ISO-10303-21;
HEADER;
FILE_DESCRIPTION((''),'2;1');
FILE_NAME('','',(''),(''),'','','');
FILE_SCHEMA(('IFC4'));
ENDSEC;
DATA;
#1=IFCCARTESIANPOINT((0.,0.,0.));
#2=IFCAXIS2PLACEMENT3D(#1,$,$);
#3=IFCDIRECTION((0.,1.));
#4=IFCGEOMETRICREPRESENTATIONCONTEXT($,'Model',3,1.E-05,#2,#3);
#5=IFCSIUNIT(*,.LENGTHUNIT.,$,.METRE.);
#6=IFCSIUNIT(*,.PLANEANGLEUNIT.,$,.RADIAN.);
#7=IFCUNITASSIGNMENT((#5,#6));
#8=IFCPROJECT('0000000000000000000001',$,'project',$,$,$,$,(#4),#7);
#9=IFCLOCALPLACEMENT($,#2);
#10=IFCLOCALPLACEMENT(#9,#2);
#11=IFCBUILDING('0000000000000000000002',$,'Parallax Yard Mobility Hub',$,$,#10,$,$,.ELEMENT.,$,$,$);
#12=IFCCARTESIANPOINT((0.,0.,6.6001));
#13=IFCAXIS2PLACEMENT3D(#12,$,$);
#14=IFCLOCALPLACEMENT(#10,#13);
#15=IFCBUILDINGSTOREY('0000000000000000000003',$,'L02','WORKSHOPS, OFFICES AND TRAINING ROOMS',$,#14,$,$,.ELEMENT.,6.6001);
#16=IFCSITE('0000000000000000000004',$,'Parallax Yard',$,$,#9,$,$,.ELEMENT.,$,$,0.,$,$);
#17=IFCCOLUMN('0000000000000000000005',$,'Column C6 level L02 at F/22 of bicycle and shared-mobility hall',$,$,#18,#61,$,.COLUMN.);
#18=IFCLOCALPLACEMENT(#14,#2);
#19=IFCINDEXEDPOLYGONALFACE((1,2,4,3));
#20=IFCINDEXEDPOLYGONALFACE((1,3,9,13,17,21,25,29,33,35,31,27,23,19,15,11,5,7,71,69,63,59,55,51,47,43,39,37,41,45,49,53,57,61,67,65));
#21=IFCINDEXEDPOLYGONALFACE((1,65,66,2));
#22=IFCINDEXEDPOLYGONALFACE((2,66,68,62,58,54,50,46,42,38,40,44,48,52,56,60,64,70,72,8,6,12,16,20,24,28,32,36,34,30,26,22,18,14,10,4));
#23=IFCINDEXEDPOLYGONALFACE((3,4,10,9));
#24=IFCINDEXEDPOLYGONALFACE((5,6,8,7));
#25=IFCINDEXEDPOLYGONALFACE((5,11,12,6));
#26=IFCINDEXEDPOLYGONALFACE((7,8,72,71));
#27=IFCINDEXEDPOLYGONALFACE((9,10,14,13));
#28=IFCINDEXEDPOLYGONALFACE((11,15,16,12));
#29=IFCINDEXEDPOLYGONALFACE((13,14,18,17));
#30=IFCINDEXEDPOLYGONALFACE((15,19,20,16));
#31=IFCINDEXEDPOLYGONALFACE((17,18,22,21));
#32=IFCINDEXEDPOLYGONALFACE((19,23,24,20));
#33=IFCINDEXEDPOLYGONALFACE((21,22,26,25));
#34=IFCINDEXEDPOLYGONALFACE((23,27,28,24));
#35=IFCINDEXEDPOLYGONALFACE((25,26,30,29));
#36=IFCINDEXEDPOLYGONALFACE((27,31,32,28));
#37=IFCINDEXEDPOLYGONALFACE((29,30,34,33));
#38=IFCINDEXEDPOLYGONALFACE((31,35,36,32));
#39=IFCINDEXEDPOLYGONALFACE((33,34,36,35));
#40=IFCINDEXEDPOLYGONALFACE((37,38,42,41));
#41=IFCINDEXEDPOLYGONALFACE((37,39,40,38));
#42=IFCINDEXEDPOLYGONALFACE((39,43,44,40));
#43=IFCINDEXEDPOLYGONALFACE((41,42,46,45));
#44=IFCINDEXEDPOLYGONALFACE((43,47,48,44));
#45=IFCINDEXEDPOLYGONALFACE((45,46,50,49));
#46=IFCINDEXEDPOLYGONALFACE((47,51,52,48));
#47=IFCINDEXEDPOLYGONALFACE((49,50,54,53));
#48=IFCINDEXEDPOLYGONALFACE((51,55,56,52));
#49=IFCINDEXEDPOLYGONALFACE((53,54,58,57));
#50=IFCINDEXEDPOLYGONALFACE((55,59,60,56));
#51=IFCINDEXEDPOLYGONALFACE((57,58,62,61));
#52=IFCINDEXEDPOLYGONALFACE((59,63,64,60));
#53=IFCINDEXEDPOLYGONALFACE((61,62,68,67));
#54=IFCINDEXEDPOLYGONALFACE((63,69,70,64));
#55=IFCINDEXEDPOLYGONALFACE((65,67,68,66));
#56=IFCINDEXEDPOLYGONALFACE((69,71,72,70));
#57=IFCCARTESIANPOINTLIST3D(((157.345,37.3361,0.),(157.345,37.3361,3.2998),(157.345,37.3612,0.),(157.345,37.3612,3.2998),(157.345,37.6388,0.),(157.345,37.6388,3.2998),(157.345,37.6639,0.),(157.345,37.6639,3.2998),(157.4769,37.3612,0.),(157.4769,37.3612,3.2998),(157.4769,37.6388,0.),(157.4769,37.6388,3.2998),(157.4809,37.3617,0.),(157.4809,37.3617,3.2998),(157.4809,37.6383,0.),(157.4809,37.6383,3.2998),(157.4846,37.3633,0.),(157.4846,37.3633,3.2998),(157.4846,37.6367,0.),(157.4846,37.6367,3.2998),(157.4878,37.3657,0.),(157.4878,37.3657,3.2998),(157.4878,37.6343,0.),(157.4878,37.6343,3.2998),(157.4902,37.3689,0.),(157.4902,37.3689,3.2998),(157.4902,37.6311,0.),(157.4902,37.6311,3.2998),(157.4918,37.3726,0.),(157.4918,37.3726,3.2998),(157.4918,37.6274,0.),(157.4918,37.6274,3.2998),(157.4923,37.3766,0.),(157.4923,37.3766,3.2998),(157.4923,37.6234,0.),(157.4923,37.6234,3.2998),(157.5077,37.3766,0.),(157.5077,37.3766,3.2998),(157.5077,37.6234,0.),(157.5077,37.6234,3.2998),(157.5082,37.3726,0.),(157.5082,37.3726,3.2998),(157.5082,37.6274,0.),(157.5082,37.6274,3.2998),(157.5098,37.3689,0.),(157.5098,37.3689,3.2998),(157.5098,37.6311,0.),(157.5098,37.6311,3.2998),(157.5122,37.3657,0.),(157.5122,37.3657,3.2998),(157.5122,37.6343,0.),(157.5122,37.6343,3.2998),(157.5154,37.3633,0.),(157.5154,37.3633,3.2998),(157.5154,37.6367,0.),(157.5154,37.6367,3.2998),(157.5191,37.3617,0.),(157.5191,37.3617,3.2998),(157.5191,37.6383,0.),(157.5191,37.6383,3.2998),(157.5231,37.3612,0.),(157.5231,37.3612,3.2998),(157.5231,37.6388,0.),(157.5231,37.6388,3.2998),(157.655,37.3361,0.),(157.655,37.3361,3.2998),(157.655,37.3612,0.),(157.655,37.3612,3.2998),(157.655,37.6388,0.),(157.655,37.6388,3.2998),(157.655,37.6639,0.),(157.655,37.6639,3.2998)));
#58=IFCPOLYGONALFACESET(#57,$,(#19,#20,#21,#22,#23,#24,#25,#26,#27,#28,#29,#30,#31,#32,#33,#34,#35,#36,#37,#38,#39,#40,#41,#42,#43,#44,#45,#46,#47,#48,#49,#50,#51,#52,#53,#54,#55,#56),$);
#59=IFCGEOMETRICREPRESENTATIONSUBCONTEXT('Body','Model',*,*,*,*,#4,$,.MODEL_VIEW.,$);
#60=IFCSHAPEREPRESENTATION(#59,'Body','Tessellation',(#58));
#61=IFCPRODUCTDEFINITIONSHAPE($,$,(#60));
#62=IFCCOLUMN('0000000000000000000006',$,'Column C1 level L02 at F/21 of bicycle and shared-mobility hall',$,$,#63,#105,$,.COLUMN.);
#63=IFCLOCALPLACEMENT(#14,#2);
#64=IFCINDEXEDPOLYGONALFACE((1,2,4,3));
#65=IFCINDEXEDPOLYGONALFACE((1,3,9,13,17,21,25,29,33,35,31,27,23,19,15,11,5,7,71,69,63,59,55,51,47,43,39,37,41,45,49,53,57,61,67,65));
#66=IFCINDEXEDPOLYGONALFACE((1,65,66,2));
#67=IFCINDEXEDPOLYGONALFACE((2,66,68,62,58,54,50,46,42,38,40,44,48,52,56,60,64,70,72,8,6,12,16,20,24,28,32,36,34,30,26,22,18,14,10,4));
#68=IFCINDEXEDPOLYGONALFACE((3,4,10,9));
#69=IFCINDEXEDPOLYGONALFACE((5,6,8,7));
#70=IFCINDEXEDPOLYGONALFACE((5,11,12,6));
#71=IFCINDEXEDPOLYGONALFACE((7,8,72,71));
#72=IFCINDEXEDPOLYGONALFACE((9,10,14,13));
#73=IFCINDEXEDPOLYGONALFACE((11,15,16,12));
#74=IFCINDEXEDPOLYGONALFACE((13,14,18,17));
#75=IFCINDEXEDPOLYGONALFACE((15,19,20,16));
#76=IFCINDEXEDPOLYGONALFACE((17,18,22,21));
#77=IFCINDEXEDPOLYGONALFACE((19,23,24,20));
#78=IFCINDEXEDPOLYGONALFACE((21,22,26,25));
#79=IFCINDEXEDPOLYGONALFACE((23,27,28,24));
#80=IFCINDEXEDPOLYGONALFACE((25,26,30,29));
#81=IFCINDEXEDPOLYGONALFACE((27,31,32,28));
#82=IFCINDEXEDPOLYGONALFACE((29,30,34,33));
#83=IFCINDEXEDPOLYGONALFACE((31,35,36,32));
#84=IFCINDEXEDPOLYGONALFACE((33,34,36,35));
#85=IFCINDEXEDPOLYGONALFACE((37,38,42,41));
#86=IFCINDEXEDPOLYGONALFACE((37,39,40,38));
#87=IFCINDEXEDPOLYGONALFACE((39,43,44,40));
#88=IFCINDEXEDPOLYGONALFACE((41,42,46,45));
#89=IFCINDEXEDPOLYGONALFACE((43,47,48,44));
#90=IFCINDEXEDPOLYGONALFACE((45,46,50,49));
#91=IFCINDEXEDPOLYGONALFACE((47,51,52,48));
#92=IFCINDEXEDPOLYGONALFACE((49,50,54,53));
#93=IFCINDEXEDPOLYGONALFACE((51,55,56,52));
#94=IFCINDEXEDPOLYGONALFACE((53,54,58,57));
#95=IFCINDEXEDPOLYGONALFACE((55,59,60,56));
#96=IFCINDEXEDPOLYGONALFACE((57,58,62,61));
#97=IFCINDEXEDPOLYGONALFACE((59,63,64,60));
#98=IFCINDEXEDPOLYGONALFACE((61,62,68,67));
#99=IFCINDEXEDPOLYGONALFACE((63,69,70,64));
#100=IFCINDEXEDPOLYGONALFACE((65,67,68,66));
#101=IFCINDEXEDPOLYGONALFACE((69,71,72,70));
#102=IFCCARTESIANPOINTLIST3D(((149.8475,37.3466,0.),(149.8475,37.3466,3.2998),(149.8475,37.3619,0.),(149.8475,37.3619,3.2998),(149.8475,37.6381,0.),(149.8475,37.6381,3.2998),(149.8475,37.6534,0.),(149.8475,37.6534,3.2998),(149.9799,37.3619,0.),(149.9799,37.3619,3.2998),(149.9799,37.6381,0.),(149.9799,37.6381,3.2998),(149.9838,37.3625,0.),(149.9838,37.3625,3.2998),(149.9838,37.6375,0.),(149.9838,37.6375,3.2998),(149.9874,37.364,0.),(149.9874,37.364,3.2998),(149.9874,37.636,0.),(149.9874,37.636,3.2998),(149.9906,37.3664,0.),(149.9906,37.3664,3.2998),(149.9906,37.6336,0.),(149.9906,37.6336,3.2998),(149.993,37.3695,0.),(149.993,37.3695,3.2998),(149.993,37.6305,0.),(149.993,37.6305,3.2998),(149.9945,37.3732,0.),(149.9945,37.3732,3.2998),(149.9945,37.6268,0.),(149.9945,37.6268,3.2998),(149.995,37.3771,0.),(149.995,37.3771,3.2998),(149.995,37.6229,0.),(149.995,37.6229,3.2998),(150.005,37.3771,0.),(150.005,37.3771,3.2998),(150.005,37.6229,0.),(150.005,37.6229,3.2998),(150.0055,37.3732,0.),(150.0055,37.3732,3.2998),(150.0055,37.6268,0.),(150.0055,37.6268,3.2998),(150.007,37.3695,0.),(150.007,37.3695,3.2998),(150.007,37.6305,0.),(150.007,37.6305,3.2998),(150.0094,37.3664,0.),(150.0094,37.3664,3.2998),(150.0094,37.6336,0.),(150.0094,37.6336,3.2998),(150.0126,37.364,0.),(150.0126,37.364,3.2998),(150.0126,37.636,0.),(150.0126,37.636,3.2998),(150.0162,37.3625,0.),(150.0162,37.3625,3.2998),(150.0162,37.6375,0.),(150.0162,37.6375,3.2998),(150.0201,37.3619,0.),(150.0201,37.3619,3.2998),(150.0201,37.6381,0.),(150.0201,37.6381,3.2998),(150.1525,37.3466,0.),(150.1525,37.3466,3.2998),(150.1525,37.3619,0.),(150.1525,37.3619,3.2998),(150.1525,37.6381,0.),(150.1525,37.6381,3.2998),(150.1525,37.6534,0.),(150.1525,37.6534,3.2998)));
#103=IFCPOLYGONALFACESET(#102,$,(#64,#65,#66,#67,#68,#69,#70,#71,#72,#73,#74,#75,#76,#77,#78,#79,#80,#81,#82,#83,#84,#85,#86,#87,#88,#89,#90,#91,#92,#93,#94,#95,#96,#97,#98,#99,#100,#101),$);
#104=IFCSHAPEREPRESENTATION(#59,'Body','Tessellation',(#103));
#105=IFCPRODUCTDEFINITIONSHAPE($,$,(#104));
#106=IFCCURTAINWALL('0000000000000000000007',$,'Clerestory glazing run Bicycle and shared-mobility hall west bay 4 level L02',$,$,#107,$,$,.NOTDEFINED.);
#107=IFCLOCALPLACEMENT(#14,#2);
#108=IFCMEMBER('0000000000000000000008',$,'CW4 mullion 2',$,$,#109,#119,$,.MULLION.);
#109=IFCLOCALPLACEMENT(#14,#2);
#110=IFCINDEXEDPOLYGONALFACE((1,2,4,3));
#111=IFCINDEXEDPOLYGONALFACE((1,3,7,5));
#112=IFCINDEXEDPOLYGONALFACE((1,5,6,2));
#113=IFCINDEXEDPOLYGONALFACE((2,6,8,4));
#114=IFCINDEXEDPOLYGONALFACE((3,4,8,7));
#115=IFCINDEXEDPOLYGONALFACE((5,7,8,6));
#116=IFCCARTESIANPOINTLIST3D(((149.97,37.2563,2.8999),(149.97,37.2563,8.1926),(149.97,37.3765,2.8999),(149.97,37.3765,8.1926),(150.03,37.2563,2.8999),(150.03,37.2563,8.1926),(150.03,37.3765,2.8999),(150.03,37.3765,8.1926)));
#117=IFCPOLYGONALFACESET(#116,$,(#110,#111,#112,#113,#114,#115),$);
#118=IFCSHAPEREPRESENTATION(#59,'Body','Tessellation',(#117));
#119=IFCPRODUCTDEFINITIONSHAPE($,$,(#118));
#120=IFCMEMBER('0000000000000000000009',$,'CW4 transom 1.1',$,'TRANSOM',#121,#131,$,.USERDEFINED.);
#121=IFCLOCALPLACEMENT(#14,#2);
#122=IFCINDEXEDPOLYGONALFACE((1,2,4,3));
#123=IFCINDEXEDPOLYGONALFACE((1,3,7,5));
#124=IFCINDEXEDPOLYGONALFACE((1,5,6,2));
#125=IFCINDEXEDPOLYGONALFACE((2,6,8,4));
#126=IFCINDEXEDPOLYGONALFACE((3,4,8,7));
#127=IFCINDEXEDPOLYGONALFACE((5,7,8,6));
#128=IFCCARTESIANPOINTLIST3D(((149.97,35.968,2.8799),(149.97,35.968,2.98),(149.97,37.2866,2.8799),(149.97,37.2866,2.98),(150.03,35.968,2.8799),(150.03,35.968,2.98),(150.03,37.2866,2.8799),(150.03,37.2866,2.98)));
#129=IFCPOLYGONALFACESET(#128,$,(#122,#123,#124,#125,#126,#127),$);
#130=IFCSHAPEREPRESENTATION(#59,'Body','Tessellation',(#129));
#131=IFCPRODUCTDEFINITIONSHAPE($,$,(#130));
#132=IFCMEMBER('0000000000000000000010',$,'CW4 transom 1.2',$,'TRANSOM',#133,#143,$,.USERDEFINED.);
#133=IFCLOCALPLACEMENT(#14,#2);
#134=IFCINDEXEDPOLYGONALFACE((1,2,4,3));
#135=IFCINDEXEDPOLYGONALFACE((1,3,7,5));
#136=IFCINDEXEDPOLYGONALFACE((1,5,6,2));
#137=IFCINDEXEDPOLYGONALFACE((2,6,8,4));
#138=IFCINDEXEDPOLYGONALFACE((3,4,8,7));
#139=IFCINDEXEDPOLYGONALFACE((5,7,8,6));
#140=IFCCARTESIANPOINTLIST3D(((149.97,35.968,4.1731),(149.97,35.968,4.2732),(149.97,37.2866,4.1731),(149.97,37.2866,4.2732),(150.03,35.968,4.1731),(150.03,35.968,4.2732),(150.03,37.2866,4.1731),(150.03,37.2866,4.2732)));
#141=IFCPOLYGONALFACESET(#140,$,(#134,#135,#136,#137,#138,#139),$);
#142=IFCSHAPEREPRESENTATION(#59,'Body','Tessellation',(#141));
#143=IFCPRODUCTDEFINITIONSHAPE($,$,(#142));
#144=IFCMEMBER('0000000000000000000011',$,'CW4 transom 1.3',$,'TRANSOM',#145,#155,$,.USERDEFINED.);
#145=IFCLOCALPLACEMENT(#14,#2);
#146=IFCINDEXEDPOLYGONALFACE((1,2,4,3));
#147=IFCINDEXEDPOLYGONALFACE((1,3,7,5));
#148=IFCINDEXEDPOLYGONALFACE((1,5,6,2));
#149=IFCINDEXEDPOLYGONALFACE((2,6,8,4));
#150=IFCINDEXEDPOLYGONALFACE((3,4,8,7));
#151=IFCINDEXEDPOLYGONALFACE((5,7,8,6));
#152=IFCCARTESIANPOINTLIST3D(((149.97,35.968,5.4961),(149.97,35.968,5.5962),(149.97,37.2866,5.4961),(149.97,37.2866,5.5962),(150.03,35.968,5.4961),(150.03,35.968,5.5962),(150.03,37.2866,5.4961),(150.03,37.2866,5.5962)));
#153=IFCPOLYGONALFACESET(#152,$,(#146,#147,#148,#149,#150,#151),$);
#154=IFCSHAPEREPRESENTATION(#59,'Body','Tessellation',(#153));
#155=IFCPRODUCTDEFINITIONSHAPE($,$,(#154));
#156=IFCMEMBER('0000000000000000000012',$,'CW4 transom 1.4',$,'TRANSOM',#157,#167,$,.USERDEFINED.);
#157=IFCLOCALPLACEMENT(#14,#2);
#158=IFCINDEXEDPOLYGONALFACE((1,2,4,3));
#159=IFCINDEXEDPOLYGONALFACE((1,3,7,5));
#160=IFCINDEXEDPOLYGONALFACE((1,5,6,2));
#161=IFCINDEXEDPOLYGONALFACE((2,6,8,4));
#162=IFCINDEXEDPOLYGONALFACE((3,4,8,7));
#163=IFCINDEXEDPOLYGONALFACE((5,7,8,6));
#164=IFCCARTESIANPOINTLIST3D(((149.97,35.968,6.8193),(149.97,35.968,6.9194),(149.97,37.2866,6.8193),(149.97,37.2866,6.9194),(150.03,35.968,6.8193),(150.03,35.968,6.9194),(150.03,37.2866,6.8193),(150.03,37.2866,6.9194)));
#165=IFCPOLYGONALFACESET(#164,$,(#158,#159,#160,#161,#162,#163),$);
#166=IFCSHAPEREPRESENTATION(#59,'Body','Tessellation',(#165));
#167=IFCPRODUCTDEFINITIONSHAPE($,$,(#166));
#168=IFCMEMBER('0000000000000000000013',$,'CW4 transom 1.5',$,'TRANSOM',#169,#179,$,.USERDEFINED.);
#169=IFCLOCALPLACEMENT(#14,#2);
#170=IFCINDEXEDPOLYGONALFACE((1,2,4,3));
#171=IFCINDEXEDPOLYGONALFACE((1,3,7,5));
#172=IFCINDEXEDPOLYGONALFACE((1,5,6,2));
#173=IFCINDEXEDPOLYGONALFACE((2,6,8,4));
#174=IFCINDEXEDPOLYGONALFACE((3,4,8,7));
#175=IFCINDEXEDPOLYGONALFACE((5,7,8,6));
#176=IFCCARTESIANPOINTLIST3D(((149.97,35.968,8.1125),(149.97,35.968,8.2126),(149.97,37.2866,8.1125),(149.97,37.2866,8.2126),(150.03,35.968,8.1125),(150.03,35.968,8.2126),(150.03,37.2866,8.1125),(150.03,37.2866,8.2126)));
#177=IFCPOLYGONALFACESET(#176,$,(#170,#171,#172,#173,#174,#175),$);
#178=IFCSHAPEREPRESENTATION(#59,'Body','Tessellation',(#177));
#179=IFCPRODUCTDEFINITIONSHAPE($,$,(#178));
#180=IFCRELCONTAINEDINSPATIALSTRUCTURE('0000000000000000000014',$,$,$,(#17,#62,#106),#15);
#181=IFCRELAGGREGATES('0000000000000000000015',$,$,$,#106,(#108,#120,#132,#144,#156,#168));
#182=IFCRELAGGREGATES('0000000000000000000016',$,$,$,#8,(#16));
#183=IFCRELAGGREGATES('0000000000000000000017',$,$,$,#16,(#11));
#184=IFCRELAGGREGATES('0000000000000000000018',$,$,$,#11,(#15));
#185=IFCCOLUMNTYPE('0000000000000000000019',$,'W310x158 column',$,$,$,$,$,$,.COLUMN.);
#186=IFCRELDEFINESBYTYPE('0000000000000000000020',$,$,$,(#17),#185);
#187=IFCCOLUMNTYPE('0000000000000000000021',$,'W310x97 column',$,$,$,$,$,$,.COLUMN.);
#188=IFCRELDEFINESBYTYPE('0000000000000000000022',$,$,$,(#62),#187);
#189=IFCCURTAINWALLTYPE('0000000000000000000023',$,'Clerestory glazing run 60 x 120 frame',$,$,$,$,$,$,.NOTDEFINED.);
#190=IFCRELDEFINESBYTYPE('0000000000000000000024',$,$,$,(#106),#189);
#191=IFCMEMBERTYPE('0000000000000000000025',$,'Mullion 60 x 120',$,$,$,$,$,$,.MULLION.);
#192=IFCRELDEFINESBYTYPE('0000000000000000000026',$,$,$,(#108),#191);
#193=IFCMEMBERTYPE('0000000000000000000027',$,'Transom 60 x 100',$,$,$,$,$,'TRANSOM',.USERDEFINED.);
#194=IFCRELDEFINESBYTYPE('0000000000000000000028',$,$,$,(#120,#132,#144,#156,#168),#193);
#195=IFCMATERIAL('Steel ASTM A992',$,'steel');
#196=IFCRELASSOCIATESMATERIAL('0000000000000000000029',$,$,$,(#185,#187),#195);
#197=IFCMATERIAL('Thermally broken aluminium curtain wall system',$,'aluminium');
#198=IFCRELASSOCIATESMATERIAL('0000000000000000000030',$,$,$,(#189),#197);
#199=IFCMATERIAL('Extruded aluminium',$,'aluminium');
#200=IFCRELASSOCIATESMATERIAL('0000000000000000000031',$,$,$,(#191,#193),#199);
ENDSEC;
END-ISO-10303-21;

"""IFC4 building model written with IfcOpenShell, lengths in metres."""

from ifc_helpers import new_model, si_unit, direction, frame, origin, origin_2d, place, context, subcontext, project, spatial, rectangle, i_section, extrude, material, material_profile, profile_set, type_object, element, aggregate, save


model = new_model("IFC4")

# Units and contexts
model_context = context("Model", 3, precision=1e-05, world=origin(), true_north=direction((0.0, 1.0)))
body_context = subcontext(model_context, "Body", "Model", "MODEL_VIEW")
ifc_project = project(units=[si_unit("LENGTHUNIT", "METRE"), si_unit("PLANEANGLEUNIT", "RADIAN")], contexts=[model_context])

# Site, building, storey
site_placement = place(None, origin())
site = spatial("IfcSite", under=ifc_project, at=site_placement, Name="Parallax Yard", CompositionType="ELEMENT", RefElevation=0.0)
building_placement = place(site_placement, origin())
building = spatial("IfcBuilding", under=site, at=building_placement, Name="Parallax Yard Mobility Hub", CompositionType="ELEMENT")
storey_placement = place(building_placement, frame((0.0, 0.0, 6.6001)))
storey = spatial("IfcBuildingStorey", under=building, at=storey_placement, Name="L02", Description="WORKSHOPS, OFFICES AND TRAINING ROOMS", CompositionType="ELEMENT", Elevation=6.6001)

# Columns
ifc_material_1 = material(Name="Steel ASTM A992", Category="steel")
ifc_material_profile_1 = material_profile(ifc_material_1, i_section(OverallWidth=0.3101, OverallDepth=0.3279, WebThickness=0.0154, FlangeThickness=0.0251, FilletRadius=0.0154, at=origin_2d()), Name="W310x158")
ifc_profile_set_1 = profile_set([ifc_material_profile_1], Name="Steel ASTM A992")
column_type_1 = type_object("IfcColumnType", Name="W310x158 column", PredefinedType="COLUMN", material=ifc_profile_set_1)
column_1_placement = place(storey_placement, frame((157.5, 37.5, 0.0), z_axis=(0.0, 0.0, 1.0), x_axis=(1.0, 0.0, 0.0)))
element("IfcColumn", 1, at=column_1_placement, inside=storey, type_object=column_type_1, Name="Column C6 level L02 at F/22 of bicycle and shared-mobility hall", PredefinedType="COLUMN", context=body_context, shape_type="SweptSolid", body=[
    extrude(i_section(OverallWidth=0.3101, OverallDepth=0.3279, WebThickness=0.0154, FlangeThickness=0.0251, FilletRadius=0.0154, at=origin_2d()), origin(), (0.0, 0.0, 1.0), 3.2998),
])
ifc_material_profile_2 = material_profile(ifc_material_1, i_section(OverallWidth=0.3049, OverallDepth=0.3069, WebThickness=0.01, FlangeThickness=0.0154, FilletRadius=0.0151, at=origin_2d()), Name="W310x97")
ifc_profile_set_2 = profile_set([ifc_material_profile_2], Name="Steel ASTM A992")
column_type_2 = type_object("IfcColumnType", Name="W310x97 column", PredefinedType="COLUMN", material=ifc_profile_set_2)
column_2_placement = place(storey_placement, frame((150.0, 37.5, 0.0), z_axis=(0.0, 0.0, 1.0), x_axis=(1.0, 0.0, 0.0)))
element("IfcColumn", 2, at=column_2_placement, inside=storey, type_object=column_type_2, Name="Column C1 level L02 at F/21 of bicycle and shared-mobility hall", PredefinedType="COLUMN", context=body_context, shape_type="SweptSolid", body=[
    extrude(i_section(OverallWidth=0.3049, OverallDepth=0.3069, WebThickness=0.01, FlangeThickness=0.0154, FilletRadius=0.0151, at=origin_2d()), origin(), (0.0, 0.0, 1.0), 3.2998),
])

# Curtain wall, members
ifc_material_2 = material(Name="Thermally broken aluminium curtain wall system", Category="aluminium")
curtain_wall_type = type_object("IfcCurtainWallType", Name="Clerestory glazing run 60 x 120 frame", PredefinedType="NOTDEFINED", material=ifc_material_2)
curtain_wall_placement = place(storey_placement, origin())
curtain_wall = element("IfcCurtainWall", 3, at=curtain_wall_placement, inside=storey, type_object=curtain_wall_type, Name="Clerestory glazing run Bicycle and shared-mobility hall west bay 4 level L02", PredefinedType="NOTDEFINED")
ifc_material_3 = material(Name="Extruded aluminium", Category="aluminium")
ifc_material_profile_3 = material_profile(ifc_material_3, rectangle(XDim=0.0601, YDim=0.1201, at=origin_2d()), Name="Mullion 60 x 120")
ifc_profile_set_3 = profile_set([ifc_material_profile_3], Name="Extruded aluminium")
member_type_1 = type_object("IfcMemberType", Name="Mullion 60 x 120", PredefinedType="MULLION", material=ifc_profile_set_3)
member_1_placement = place(storey_placement, frame((150.0, 37.3164, 2.8999), z_axis=(0.0, 0.0, 1.0), x_axis=(-1.0, 0.0, 0.0)))
member_1 = element("IfcMember", 4, at=member_1_placement, type_object=member_type_1, Name="CW4 mullion 2", PredefinedType="MULLION", context=body_context, shape_type="SweptSolid", body=[
    extrude(rectangle(XDim=0.0601, YDim=0.1201, at=origin_2d()), origin(), (0.0, 0.0, 1.0), 5.2927),
])
ifc_material_profile_4 = material_profile(ifc_material_3, rectangle(XDim=0.0601, YDim=0.1001, at=origin_2d()), Name="Transom 60 x 100")
ifc_profile_set_4 = profile_set([ifc_material_profile_4], Name="Extruded aluminium")
member_type_2 = type_object("IfcMemberType", Name="Transom 60 x 100", ElementType="TRANSOM", PredefinedType="USERDEFINED", material=ifc_profile_set_4)
member_2_placement = place(storey_placement, frame((150.0, 35.968, 2.9299), z_axis=(0.0, 1.0, 0.0), x_axis=(-1.0, 0.0, 0.0)))
member_2 = element("IfcMember", 5, at=member_2_placement, type_object=member_type_2, Name="CW4 transom 1.1", ObjectType="TRANSOM", PredefinedType="USERDEFINED", context=body_context, shape_type="SweptSolid", body=[
    extrude(rectangle(XDim=0.0601, YDim=0.1001, at=origin_2d()), origin(), (0.0, 0.0, 1.0), 1.3186),
])
member_3_placement = place(storey_placement, frame((150.0, 35.968, 4.2231), z_axis=(0.0, 1.0, 0.0), x_axis=(-1.0, 0.0, 0.0)))
member_3 = element("IfcMember", 6, at=member_3_placement, type_object=member_type_2, Name="CW4 transom 1.2", ObjectType="TRANSOM", PredefinedType="USERDEFINED", context=body_context, shape_type="SweptSolid", body=[
    extrude(rectangle(XDim=0.0601, YDim=0.1001, at=origin_2d()), origin(), (0.0, 0.0, 1.0), 1.3186),
])
member_4_placement = place(storey_placement, frame((150.0, 35.968, 5.5461), z_axis=(0.0, 1.0, 0.0), x_axis=(-1.0, 0.0, 0.0)))
member_4 = element("IfcMember", 7, at=member_4_placement, type_object=member_type_2, Name="CW4 transom 1.3", ObjectType="TRANSOM", PredefinedType="USERDEFINED", context=body_context, shape_type="SweptSolid", body=[
    extrude(rectangle(XDim=0.0601, YDim=0.1001, at=origin_2d()), origin(), (0.0, 0.0, 1.0), 1.3186),
])
member_5_placement = place(storey_placement, frame((150.0, 35.968, 6.8694), z_axis=(0.0, 1.0, 0.0), x_axis=(-1.0, 0.0, 0.0)))
member_5 = element("IfcMember", 8, at=member_5_placement, type_object=member_type_2, Name="CW4 transom 1.4", ObjectType="TRANSOM", PredefinedType="USERDEFINED", context=body_context, shape_type="SweptSolid", body=[
    extrude(rectangle(XDim=0.0601, YDim=0.1001, at=origin_2d()), origin(), (0.0, 0.0, 1.0), 1.3186),
])
member_6_placement = place(storey_placement, frame((150.0, 35.968, 8.1626), z_axis=(0.0, 1.0, 0.0), x_axis=(-1.0, 0.0, 0.0)))
member_6 = element("IfcMember", 9, at=member_6_placement, type_object=member_type_2, Name="CW4 transom 1.5", ObjectType="TRANSOM", PredefinedType="USERDEFINED", context=body_context, shape_type="SweptSolid", body=[
    extrude(rectangle(XDim=0.0601, YDim=0.1001, at=origin_2d()), origin(), (0.0, 0.0, 1.0), 1.3186),
])

aggregate(curtain_wall, [member_1, member_2, member_3, member_4, member_5, member_6])

save(model, "model.ifc")
